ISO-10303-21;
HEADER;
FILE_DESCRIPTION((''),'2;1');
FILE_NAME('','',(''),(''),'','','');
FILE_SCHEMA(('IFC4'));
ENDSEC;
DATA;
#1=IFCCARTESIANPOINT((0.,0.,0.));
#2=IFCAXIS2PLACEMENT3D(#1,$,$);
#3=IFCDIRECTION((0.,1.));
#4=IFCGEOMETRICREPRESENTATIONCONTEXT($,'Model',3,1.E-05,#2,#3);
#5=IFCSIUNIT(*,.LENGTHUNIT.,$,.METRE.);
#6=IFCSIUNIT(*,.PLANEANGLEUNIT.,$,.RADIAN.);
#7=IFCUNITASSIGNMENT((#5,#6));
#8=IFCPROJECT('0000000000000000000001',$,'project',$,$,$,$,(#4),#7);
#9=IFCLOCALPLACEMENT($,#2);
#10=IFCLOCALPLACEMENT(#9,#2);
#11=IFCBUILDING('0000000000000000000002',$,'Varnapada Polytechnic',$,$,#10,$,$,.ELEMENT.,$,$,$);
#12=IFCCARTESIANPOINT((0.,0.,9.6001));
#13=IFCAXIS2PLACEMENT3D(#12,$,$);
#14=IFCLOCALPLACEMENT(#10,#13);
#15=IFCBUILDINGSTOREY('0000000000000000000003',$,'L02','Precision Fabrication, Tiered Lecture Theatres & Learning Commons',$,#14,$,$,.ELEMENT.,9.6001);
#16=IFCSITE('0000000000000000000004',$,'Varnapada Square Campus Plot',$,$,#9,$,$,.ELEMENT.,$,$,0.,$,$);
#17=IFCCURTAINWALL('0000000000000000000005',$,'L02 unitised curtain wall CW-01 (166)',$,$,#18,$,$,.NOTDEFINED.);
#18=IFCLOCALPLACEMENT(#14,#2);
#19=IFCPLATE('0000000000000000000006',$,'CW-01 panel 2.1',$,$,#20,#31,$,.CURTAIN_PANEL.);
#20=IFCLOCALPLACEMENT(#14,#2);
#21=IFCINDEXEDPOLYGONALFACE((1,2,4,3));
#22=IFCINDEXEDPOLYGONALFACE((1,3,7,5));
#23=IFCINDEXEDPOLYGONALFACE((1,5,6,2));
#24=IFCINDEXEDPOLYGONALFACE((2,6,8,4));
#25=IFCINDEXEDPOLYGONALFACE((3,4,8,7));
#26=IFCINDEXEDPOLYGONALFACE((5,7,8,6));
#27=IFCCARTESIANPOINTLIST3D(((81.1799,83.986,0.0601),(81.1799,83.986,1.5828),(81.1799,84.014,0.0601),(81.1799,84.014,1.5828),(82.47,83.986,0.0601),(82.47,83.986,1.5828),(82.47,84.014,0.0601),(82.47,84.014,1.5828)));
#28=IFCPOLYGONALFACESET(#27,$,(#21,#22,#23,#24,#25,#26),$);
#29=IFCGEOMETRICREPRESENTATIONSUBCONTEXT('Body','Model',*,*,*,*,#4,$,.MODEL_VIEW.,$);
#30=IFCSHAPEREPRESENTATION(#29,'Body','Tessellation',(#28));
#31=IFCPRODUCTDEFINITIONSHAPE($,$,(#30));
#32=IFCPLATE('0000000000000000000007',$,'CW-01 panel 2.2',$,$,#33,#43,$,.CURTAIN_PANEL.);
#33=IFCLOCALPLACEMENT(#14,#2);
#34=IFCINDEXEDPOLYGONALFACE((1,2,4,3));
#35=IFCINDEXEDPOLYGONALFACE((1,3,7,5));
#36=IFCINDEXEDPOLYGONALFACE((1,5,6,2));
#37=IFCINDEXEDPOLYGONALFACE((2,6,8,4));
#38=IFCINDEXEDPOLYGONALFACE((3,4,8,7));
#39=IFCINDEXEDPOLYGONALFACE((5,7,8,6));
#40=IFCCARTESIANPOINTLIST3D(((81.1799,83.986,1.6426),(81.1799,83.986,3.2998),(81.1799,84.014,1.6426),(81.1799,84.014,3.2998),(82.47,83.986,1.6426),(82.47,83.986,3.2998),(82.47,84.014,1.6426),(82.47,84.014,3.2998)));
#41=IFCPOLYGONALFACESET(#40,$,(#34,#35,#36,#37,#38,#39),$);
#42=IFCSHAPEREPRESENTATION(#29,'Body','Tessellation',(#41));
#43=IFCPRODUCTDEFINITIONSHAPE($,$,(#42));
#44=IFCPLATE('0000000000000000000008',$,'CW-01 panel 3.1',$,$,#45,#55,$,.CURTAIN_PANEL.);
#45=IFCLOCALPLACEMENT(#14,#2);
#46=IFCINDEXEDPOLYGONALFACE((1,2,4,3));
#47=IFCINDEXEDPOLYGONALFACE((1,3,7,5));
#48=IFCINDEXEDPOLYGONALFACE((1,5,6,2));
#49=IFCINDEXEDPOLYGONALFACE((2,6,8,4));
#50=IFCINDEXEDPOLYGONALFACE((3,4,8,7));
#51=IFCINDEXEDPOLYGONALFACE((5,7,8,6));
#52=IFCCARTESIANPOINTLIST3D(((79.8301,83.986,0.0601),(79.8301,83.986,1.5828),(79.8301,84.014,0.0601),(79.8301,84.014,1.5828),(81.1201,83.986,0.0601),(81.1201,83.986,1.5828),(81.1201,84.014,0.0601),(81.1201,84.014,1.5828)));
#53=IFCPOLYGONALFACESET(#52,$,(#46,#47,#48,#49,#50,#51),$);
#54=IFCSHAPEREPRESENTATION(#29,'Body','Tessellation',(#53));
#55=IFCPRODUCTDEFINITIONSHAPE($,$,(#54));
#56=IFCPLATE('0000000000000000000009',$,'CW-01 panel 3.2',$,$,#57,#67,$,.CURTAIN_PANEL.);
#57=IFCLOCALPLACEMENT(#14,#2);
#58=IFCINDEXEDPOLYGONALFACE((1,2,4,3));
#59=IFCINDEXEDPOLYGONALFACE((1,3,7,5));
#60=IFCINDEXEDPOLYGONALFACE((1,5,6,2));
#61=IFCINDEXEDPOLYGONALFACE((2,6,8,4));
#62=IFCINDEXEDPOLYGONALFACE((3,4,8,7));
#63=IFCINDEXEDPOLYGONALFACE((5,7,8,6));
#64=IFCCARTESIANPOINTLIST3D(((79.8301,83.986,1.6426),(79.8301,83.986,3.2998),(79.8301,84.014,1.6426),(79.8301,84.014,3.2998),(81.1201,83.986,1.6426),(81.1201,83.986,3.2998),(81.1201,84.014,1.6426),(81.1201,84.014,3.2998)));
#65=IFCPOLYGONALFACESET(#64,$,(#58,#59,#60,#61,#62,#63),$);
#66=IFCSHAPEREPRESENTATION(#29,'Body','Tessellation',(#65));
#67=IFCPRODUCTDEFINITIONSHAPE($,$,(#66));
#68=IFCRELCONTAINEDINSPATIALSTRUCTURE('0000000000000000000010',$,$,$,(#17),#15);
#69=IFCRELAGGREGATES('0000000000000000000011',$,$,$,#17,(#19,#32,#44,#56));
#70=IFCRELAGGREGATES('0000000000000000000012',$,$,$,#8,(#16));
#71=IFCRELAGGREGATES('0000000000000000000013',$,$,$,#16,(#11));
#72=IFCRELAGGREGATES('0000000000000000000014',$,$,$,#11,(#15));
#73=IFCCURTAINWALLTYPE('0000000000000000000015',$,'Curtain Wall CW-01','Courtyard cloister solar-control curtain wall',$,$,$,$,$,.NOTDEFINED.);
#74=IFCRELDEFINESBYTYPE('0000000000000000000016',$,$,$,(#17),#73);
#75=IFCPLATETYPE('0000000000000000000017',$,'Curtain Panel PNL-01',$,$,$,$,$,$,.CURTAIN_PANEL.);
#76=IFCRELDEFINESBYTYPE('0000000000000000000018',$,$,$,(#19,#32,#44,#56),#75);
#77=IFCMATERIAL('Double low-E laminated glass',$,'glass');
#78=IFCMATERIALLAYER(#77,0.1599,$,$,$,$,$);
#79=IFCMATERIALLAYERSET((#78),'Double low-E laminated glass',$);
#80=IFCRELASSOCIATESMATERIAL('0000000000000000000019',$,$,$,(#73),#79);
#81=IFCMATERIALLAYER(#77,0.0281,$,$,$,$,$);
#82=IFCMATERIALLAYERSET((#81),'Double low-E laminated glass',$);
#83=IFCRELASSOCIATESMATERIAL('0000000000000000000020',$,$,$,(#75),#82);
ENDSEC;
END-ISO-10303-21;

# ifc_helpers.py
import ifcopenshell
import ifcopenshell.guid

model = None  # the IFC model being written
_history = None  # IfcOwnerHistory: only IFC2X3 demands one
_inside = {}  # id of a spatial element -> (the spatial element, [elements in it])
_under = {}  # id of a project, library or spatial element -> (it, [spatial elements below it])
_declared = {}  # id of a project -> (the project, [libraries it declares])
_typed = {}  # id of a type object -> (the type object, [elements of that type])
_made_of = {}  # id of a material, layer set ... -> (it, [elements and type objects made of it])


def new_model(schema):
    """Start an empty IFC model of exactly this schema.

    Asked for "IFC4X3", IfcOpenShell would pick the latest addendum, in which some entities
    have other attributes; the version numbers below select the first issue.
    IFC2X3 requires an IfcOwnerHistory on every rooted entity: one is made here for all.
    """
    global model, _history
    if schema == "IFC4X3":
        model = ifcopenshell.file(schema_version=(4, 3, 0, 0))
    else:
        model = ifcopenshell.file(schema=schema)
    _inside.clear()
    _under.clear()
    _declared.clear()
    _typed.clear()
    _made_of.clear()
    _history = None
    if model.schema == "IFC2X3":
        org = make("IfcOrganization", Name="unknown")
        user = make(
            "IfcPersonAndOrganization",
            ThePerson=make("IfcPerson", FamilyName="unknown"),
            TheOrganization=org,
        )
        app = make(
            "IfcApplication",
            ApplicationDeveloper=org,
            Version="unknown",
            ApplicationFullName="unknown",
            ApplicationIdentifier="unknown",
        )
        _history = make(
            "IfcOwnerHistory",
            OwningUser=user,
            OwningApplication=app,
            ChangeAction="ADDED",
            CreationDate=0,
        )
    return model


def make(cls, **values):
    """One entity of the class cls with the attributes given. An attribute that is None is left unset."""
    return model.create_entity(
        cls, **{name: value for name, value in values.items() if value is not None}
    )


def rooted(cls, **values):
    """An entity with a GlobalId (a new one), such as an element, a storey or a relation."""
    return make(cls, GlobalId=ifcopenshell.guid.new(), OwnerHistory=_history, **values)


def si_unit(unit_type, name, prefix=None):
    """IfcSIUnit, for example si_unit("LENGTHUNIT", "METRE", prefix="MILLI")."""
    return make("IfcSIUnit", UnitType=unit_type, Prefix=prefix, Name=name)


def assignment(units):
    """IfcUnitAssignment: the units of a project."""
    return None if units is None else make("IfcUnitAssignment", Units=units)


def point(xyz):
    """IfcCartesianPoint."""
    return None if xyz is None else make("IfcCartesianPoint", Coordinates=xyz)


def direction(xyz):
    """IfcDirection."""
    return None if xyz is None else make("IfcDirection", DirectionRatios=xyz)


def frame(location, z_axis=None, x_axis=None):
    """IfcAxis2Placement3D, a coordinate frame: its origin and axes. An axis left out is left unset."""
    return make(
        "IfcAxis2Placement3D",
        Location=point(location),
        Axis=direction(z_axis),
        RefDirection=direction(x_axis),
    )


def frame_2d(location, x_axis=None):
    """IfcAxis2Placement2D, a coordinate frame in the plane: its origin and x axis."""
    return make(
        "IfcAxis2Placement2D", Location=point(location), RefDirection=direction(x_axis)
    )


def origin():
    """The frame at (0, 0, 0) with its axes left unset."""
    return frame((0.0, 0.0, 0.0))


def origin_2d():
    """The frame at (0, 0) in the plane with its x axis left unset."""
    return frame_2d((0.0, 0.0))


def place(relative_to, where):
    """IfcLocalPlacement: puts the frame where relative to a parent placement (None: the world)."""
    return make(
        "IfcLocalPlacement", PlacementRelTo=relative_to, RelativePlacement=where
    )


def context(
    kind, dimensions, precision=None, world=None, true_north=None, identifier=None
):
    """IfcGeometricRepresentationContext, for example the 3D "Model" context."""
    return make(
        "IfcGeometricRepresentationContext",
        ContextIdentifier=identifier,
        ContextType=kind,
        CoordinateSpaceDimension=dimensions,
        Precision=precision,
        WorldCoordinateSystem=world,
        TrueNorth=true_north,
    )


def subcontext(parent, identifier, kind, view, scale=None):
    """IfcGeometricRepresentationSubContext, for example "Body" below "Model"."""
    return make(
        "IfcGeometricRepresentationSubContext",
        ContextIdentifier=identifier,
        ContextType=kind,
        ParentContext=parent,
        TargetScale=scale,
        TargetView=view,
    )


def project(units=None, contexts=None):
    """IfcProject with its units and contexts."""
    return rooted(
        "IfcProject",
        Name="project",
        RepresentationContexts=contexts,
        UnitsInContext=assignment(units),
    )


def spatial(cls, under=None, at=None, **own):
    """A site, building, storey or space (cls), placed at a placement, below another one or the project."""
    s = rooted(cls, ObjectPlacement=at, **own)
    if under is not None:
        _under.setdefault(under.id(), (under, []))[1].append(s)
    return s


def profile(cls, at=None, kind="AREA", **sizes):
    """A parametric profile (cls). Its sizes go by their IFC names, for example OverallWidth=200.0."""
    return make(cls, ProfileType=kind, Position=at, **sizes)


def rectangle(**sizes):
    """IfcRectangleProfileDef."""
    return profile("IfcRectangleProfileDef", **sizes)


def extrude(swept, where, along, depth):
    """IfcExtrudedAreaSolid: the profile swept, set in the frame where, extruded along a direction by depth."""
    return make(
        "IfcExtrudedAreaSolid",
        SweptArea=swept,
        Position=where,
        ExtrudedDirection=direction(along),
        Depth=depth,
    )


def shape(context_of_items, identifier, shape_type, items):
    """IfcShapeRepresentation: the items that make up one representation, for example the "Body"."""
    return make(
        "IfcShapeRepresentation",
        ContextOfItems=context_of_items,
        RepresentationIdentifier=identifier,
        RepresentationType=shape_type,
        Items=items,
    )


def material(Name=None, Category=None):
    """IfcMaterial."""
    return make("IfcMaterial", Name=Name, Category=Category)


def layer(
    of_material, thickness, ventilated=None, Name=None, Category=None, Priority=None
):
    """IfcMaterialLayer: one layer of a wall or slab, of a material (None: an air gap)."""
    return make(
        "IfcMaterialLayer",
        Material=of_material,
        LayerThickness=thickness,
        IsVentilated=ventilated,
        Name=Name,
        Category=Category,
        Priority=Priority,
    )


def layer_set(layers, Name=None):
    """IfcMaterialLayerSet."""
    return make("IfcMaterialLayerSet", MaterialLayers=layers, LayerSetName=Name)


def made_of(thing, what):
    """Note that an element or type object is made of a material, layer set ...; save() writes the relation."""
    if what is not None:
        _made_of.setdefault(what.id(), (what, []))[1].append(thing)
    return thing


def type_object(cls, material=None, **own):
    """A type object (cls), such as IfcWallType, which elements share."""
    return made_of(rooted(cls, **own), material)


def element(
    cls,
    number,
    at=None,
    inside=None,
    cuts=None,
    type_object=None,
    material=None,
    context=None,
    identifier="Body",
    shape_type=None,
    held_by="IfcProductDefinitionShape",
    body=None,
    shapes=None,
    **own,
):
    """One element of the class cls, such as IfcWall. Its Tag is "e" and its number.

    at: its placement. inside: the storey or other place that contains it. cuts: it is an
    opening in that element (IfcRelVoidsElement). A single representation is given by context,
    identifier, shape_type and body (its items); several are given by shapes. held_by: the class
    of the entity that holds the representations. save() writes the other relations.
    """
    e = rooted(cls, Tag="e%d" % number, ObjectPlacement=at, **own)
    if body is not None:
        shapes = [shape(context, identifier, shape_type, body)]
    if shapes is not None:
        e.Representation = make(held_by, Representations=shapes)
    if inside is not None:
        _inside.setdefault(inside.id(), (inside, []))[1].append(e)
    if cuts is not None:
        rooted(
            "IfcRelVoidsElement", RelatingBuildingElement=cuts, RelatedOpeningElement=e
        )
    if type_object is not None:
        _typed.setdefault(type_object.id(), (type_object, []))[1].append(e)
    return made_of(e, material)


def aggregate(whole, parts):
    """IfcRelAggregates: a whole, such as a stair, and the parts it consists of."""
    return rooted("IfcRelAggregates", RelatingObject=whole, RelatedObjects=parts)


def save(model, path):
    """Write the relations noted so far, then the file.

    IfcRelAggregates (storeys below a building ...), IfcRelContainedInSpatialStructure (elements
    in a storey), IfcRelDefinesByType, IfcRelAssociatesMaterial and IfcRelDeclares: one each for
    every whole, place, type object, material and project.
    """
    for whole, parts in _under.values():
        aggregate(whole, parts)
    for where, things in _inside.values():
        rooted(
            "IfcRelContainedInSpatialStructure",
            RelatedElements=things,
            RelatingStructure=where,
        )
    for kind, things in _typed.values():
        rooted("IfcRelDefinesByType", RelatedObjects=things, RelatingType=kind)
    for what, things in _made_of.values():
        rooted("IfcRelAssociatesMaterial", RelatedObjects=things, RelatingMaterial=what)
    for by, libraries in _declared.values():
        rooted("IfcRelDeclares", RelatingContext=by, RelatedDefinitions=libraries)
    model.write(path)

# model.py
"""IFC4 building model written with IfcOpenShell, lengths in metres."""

from ifc_helpers import new_model, si_unit, direction, frame, origin, origin_2d, place, context, subcontext, project, spatial, rectangle, extrude, material, layer, layer_set, type_object, element, aggregate, save


model = new_model("IFC4")

# Units and contexts
model_context = context("Model", 3, precision=1e-05, world=origin(), true_north=direction((0.0, 1.0)))
body_context = subcontext(model_context, "Body", "Model", "MODEL_VIEW")
ifc_project = project(units=[si_unit("LENGTHUNIT", "METRE"), si_unit("PLANEANGLEUNIT", "RADIAN")], contexts=[model_context])

# Site, building, storey
site_placement = place(None, origin())
site = spatial("IfcSite", under=ifc_project, at=site_placement, Name="Varnapada Square Campus Plot", CompositionType="ELEMENT", RefElevation=0.0)
building_placement = place(site_placement, origin())
building = spatial("IfcBuilding", under=site, at=building_placement, Name="Varnapada Polytechnic", CompositionType="ELEMENT")
storey_placement = place(building_placement, frame((0.0, 0.0, 9.6001)))
storey = spatial("IfcBuildingStorey", under=building, at=storey_placement, Name="L02", Description="Precision Fabrication, Tiered Lecture Theatres & Learning Commons", CompositionType="ELEMENT", Elevation=9.6001)

# Curtain wall, plates
ifc_material_1 = material(Name="Double low-E laminated glass", Category="glass")
ifc_layer_1 = layer(ifc_material_1, 0.1599)
ifc_layer_set_1 = layer_set([ifc_layer_1], Name="Double low-E laminated glass")
curtain_wall_type = type_object("IfcCurtainWallType", Name="Curtain Wall CW-01", Description="Courtyard cloister solar-control curtain wall", PredefinedType="NOTDEFINED", material=ifc_layer_set_1)
curtain_wall_placement = place(storey_placement, origin())
curtain_wall = element("IfcCurtainWall", 1, at=curtain_wall_placement, inside=storey, type_object=curtain_wall_type, Name="L02 unitised curtain wall CW-01 (166)", PredefinedType="NOTDEFINED")
ifc_layer_2 = layer(ifc_material_1, 0.0281)
ifc_layer_set_2 = layer_set([ifc_layer_2], Name="Double low-E laminated glass")
plate_type = type_object("IfcPlateType", Name="Curtain Panel PNL-01", PredefinedType="CURTAIN_PANEL", material=ifc_layer_set_2)
plate_1_placement = place(storey_placement, frame((81.825, 84.0, 0.0601), z_axis=(0.0, 0.0, 1.0), x_axis=(-1.0, 0.0, 0.0)))
plate_1 = element("IfcPlate", 2, at=plate_1_placement, type_object=plate_type, Name="CW-01 panel 2.1", PredefinedType="CURTAIN_PANEL", context=body_context, shape_type="SweptSolid", body=[
    extrude(rectangle(XDim=1.29, YDim=0.0281, at=origin_2d()), origin(), (0.0, 0.0, 1.0), 1.5227),
])
plate_2_placement = place(storey_placement, frame((81.825, 84.0, 1.6426), z_axis=(0.0, 0.0, 1.0), x_axis=(-1.0, 0.0, 0.0)))
plate_2 = element("IfcPlate", 3, at=plate_2_placement, type_object=plate_type, Name="CW-01 panel 2.2", PredefinedType="CURTAIN_PANEL", context=body_context, shape_type="SweptSolid", body=[
    extrude(rectangle(XDim=1.29, YDim=0.0281, at=origin_2d()), origin(), (0.0, 0.0, 1.0), 1.6572),
])
plate_3_placement = place(storey_placement, frame((80.4751, 84.0, 0.0601), z_axis=(0.0, 0.0, 1.0), x_axis=(-1.0, 0.0, 0.0)))
plate_3 = element("IfcPlate", 4, at=plate_3_placement, type_object=plate_type, Name="CW-01 panel 3.1", PredefinedType="CURTAIN_PANEL", context=body_context, shape_type="SweptSolid", body=[
    extrude(rectangle(XDim=1.29, YDim=0.0281, at=origin_2d()), origin(), (0.0, 0.0, 1.0), 1.5227),
])
plate_4_placement = place(storey_placement, frame((80.4751, 84.0, 1.6426), z_axis=(0.0, 0.0, 1.0), x_axis=(-1.0, 0.0, 0.0)))
plate_4 = element("IfcPlate", 5, at=plate_4_placement, type_object=plate_type, Name="CW-01 panel 3.2", PredefinedType="CURTAIN_PANEL", context=body_context, shape_type="SweptSolid", body=[
    extrude(rectangle(XDim=1.29, YDim=0.0281, at=origin_2d()), origin(), (0.0, 0.0, 1.0), 1.6572),
])
aggregate(curtain_wall, [plate_1, plate_2, plate_3, plate_4])

save(model, "model.ifc")
